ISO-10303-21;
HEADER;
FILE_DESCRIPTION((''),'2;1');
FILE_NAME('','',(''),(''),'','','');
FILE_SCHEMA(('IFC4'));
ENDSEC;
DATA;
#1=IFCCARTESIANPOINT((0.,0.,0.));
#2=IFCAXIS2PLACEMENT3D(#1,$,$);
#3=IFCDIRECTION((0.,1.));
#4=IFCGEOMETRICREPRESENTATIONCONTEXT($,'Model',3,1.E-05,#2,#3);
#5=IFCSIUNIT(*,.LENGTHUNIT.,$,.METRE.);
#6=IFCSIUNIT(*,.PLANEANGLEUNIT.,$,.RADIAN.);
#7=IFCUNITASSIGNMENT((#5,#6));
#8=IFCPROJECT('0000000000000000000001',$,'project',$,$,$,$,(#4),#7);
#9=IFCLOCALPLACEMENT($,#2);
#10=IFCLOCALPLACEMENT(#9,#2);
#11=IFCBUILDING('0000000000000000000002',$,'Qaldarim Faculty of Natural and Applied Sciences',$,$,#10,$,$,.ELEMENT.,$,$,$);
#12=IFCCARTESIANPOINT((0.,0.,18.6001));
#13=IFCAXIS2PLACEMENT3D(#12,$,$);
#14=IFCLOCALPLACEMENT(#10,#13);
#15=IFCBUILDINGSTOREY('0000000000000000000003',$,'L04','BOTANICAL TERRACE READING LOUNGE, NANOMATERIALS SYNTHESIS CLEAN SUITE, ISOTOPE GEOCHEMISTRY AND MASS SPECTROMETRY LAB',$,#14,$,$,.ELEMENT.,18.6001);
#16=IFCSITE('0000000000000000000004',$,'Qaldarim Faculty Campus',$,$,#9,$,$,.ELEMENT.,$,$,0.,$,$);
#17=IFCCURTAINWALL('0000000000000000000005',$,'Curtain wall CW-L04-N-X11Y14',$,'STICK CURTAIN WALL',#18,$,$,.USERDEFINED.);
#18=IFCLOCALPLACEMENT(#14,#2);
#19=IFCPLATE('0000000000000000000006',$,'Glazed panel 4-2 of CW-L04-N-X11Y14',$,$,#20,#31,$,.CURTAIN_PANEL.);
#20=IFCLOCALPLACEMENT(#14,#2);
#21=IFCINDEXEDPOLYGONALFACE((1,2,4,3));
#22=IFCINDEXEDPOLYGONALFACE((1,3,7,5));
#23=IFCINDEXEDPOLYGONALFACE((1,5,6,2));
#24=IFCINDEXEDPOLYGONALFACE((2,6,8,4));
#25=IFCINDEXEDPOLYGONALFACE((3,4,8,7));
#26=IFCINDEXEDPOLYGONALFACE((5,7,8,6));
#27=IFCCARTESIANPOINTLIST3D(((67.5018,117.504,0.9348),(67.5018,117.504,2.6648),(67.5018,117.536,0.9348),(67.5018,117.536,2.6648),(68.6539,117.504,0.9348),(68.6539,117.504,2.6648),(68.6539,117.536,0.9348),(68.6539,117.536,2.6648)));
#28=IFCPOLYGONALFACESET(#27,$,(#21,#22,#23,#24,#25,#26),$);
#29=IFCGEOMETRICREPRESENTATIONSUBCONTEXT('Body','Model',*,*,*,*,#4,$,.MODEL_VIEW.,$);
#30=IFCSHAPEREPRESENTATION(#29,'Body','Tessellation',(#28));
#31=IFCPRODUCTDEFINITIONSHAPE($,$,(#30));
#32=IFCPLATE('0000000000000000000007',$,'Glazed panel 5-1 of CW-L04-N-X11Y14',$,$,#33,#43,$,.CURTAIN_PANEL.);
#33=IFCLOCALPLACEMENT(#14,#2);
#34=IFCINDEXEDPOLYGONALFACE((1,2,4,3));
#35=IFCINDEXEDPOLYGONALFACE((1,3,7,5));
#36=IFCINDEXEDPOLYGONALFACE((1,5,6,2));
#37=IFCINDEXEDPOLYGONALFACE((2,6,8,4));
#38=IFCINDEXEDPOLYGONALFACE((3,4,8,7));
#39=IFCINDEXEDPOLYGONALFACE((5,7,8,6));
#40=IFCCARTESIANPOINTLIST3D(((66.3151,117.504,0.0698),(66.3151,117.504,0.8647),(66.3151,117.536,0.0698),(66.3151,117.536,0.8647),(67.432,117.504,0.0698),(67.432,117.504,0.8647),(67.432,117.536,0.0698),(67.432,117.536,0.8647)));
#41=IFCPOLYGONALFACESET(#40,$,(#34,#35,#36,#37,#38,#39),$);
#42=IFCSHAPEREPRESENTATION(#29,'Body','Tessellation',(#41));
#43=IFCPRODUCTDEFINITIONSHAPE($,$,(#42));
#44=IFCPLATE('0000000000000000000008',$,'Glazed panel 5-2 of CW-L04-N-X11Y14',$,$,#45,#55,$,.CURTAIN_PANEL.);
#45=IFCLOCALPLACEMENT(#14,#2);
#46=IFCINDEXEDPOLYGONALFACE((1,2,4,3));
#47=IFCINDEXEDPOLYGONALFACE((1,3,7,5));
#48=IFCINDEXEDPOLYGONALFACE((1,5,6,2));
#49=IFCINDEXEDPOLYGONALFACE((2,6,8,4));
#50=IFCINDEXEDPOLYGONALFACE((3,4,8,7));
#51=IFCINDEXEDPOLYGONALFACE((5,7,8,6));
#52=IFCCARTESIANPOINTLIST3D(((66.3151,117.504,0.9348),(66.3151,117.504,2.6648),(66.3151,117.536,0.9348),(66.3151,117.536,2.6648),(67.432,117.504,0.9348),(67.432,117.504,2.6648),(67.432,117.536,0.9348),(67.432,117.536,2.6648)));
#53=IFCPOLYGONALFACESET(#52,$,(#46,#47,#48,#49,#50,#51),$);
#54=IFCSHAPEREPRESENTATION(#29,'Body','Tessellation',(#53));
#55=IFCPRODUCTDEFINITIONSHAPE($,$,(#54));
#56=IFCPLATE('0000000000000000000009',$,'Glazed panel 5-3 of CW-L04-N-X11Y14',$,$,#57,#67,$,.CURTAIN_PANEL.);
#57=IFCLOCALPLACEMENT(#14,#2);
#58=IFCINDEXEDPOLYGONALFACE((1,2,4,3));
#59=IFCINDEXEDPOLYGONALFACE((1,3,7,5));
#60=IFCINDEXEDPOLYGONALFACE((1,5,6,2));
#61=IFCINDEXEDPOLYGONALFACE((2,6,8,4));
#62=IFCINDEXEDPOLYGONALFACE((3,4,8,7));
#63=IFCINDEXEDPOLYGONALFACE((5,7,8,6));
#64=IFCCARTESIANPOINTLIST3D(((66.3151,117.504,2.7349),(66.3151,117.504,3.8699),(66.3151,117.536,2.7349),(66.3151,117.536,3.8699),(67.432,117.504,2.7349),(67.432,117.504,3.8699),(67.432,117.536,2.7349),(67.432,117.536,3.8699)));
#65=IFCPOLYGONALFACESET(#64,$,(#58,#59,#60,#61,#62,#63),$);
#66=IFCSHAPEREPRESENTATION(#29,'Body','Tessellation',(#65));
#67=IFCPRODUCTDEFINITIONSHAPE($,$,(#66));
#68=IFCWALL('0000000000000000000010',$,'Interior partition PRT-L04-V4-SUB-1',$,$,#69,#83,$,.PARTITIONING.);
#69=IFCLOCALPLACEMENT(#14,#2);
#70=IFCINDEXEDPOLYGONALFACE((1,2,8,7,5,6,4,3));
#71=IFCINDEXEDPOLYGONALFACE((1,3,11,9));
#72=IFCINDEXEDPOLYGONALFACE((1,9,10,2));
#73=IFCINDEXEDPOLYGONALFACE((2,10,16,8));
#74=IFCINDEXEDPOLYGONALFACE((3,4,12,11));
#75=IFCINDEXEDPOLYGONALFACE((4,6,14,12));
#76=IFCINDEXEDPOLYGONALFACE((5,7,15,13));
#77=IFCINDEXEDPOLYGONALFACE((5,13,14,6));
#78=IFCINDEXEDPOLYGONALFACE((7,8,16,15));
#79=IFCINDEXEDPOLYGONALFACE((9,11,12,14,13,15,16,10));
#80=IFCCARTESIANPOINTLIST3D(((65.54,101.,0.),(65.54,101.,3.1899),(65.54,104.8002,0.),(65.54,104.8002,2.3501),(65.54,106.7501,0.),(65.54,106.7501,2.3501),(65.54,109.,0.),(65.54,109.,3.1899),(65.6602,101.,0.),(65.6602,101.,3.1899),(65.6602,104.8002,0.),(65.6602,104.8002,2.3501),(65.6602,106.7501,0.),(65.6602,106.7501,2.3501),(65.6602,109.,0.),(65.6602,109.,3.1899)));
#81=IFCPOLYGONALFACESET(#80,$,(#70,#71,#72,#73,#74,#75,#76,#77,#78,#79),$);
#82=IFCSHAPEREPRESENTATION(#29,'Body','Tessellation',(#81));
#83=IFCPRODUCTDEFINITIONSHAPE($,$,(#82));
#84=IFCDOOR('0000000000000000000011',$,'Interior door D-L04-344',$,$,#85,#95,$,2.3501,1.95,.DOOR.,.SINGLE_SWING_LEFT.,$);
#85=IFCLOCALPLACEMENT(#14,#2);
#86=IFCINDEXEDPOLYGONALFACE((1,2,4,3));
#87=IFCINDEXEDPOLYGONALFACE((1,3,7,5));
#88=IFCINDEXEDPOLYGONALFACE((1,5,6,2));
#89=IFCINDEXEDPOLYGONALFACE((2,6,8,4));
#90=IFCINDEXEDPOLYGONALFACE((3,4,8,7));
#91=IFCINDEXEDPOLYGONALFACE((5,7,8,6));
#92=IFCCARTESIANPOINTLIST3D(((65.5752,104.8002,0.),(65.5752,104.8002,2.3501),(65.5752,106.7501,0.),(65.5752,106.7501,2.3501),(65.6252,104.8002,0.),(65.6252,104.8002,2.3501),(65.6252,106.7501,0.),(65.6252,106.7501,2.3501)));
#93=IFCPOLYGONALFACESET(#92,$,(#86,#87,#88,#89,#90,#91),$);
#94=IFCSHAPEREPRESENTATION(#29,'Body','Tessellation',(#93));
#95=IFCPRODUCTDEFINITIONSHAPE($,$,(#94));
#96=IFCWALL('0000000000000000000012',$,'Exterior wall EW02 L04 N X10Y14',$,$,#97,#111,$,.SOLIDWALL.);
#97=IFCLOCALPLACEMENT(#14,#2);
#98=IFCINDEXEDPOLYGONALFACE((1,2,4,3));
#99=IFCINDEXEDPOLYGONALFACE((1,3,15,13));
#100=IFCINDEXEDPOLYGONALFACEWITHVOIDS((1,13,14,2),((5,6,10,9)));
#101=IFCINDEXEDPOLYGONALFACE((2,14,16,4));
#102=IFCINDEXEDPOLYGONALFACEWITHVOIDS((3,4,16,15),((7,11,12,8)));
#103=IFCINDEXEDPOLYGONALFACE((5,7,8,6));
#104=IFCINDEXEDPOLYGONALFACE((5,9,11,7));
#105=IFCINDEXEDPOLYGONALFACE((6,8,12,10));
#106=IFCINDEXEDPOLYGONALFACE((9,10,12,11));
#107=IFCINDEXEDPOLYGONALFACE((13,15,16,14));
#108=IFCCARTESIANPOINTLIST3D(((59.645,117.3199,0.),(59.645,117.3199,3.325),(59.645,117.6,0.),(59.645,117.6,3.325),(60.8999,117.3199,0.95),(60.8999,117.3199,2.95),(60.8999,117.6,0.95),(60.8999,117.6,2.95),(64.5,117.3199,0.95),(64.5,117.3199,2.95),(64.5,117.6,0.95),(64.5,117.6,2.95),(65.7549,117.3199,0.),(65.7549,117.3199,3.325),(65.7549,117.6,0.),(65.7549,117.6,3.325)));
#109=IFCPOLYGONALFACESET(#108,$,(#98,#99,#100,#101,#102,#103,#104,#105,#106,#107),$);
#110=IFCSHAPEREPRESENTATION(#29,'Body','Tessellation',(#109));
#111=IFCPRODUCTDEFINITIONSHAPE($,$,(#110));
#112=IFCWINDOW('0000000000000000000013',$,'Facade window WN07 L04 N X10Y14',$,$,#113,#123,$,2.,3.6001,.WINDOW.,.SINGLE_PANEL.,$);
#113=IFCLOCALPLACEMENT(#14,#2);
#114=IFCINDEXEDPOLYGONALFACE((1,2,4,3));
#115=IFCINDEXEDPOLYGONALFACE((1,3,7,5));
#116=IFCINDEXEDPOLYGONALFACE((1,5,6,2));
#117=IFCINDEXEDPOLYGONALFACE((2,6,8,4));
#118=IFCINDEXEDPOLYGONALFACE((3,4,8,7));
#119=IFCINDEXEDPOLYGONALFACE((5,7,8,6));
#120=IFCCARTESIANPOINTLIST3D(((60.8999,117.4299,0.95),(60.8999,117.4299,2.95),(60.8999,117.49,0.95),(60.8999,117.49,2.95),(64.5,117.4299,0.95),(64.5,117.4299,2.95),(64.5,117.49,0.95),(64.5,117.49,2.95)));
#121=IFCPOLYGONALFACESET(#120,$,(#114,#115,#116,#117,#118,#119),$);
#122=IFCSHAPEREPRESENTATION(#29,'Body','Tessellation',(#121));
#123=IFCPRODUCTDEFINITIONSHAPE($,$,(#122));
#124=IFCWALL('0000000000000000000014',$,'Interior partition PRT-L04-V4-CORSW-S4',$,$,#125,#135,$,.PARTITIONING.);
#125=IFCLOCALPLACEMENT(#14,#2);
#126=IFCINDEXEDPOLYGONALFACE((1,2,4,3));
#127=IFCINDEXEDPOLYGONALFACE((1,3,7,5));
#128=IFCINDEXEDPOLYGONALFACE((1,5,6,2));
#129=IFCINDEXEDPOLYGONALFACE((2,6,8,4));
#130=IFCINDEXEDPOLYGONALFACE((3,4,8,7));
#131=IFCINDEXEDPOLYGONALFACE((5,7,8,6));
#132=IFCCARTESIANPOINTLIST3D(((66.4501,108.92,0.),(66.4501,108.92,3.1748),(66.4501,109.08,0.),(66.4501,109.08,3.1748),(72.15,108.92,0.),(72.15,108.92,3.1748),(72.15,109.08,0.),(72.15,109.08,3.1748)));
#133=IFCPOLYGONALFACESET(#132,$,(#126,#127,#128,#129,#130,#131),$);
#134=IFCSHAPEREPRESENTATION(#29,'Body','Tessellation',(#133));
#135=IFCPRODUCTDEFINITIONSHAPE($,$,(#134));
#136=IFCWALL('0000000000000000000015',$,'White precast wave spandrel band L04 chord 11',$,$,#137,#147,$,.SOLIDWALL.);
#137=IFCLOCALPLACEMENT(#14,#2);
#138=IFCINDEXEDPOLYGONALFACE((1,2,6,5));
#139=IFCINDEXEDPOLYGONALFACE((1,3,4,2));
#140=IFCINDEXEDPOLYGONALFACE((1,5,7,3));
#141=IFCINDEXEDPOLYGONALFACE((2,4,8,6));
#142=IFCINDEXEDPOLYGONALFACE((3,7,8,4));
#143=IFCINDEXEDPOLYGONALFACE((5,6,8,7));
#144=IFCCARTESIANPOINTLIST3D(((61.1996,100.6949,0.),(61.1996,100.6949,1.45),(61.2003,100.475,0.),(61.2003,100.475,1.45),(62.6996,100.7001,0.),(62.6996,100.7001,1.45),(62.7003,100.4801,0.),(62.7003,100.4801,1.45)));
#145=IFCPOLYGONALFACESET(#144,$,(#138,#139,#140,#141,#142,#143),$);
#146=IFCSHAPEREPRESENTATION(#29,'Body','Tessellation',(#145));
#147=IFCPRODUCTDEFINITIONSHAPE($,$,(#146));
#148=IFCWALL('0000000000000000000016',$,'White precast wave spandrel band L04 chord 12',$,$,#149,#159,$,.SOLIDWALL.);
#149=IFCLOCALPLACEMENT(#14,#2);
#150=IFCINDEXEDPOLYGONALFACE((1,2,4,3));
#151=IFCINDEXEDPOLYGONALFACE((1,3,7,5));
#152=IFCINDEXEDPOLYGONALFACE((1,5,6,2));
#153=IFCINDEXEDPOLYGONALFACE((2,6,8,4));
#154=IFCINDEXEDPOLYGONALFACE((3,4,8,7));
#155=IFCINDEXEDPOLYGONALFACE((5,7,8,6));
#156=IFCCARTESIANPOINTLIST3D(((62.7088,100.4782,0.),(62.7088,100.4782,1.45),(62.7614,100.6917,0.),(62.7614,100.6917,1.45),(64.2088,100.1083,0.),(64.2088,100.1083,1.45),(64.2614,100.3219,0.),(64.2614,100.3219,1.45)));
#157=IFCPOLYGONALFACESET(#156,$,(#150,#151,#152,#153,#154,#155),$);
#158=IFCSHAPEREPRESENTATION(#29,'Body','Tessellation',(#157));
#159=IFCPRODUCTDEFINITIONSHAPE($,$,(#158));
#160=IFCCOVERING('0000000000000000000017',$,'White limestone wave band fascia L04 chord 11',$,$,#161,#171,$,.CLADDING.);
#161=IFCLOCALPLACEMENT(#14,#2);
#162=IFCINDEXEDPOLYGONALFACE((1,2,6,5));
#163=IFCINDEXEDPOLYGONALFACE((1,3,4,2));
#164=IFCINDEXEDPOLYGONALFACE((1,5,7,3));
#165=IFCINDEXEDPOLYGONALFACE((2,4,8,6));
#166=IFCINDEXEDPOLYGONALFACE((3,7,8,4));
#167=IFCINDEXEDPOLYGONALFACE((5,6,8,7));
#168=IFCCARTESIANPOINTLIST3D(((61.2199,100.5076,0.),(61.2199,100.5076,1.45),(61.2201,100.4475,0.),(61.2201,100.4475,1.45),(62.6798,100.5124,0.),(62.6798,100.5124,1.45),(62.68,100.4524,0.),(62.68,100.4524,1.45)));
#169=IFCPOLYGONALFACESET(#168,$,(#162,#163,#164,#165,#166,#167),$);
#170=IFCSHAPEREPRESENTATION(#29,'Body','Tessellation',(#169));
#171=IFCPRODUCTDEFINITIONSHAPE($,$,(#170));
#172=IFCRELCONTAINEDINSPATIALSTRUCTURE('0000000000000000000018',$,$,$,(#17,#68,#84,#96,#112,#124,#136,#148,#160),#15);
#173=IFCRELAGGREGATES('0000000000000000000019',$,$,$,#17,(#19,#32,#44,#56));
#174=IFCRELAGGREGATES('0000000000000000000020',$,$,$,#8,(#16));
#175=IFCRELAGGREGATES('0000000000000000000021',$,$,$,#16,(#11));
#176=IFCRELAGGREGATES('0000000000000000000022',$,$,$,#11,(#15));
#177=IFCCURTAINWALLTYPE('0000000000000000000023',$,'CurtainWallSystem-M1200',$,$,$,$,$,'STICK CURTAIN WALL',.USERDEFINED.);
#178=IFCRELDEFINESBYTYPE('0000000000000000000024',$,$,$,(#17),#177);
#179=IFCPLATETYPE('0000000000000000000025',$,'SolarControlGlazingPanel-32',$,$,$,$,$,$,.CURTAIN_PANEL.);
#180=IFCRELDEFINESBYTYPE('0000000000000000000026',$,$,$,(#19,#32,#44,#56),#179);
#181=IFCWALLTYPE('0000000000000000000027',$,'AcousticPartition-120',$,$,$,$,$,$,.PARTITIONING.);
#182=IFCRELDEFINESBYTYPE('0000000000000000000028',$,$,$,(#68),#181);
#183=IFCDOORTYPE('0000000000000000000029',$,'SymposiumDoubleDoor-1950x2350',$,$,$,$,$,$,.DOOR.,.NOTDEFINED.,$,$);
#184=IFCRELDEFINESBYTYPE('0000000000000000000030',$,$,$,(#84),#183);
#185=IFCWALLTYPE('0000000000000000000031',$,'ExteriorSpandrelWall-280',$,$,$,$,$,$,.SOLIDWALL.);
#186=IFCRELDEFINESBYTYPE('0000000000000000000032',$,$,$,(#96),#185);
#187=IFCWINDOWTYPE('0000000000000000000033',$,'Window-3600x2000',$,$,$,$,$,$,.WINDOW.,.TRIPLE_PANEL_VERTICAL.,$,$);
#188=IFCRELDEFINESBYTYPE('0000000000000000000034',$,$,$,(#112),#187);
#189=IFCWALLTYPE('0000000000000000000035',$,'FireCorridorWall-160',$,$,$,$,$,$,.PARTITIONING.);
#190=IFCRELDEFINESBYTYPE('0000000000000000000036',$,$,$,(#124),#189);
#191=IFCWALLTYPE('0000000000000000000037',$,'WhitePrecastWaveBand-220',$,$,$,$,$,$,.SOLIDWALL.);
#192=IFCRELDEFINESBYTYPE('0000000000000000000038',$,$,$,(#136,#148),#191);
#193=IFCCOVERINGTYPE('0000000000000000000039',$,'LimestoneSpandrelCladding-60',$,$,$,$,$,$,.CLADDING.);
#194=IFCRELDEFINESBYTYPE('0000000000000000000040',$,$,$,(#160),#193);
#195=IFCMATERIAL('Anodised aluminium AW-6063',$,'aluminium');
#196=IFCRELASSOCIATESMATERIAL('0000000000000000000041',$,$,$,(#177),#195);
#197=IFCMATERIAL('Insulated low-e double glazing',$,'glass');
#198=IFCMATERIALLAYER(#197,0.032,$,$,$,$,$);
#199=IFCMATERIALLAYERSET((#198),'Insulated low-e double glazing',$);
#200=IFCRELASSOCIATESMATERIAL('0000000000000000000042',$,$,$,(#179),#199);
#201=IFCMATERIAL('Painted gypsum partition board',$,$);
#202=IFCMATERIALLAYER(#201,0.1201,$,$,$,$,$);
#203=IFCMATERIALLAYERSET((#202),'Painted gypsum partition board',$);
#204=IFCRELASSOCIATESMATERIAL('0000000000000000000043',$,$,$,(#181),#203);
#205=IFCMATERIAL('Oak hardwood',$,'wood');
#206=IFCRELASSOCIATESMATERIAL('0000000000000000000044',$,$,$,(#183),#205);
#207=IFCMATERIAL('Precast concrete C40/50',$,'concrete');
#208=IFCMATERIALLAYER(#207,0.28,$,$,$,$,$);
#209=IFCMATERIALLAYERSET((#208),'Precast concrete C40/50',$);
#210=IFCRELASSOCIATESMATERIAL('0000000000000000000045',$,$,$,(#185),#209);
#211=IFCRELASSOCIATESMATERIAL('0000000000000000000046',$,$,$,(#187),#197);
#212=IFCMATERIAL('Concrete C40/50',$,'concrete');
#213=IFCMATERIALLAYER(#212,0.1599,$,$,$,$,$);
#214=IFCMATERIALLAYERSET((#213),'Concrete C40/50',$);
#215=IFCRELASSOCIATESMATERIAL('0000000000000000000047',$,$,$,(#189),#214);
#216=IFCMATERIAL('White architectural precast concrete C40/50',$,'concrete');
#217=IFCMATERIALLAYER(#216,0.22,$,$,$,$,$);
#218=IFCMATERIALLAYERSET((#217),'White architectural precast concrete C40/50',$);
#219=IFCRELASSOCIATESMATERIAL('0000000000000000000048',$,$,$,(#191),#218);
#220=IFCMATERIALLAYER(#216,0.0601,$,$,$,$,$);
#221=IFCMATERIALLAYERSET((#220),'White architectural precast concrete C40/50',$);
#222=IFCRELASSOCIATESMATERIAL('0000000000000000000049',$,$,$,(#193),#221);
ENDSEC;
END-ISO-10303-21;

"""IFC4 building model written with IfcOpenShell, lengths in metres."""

from ifc_helpers import new_model, si_unit, direction, frame, frame_2d, origin, origin_2d, place, context, subcontext, project, spatial, rectangle, extrude, material, layer, layer_set, type_object, element, fill, aggregate, save


model = new_model("IFC4")

# Units and contexts
model_context = context("Model", 3, precision=1e-05, world=origin(), true_north=direction((0.0, 1.0)))
body_context = subcontext(model_context, "Body", "Model", "MODEL_VIEW")
ifc_project = project(units=[si_unit("LENGTHUNIT", "METRE"), si_unit("PLANEANGLEUNIT", "RADIAN")], contexts=[model_context])

# Site, building, storey
site_placement = place(None, origin())
site = spatial("IfcSite", under=ifc_project, at=site_placement, Name="Qaldarim Faculty Campus", CompositionType="ELEMENT", RefElevation=0.0)
building_placement = place(site_placement, origin())
building = spatial("IfcBuilding", under=site, at=building_placement, Name="Qaldarim Faculty of Natural and Applied Sciences", CompositionType="ELEMENT")
storey_placement = place(building_placement, frame((0.0, 0.0, 18.6001)))
storey = spatial("IfcBuildingStorey", under=building, at=storey_placement, Name="L04", Description="BOTANICAL TERRACE READING LOUNGE, NANOMATERIALS SYNTHESIS CLEAN SUITE, ISOTOPE GEOCHEMISTRY AND MASS SPECTROMETRY LAB", CompositionType="ELEMENT", Elevation=18.6001)

# Shared definitions
ifc_material_1 = material(Name="Concrete C40/50", Category="concrete")

# Curtain wall
ifc_material_2 = material(Name="Anodised aluminium AW-6063", Category="aluminium")
curtain_wall_type = type_object("IfcCurtainWallType", Name="CurtainWallSystem-M1200", ElementType="STICK CURTAIN WALL", PredefinedType="USERDEFINED", material=ifc_material_2)
curtain_wall_placement = place(storey_placement, origin())
curtain_wall = element("IfcCurtainWall", 1, at=curtain_wall_placement, inside=storey, type_object=curtain_wall_type, Name="Curtain wall CW-L04-N-X11Y14", ObjectType="STICK CURTAIN WALL", PredefinedType="USERDEFINED")

# Shared definitions
ifc_material_3 = material(Name="Precast concrete C40/50", Category="concrete")

# Plates
ifc_material_4 = material(Name="Insulated low-e double glazing", Category="glass")
ifc_layer_1 = layer(ifc_material_4, 0.032)
ifc_layer_set_1 = layer_set([ifc_layer_1], Name="Insulated low-e double glazing")
plate_type = type_object("IfcPlateType", Name="SolarControlGlazingPanel-32", PredefinedType="CURTAIN_PANEL", material=ifc_layer_set_1)
plate_1_placement = place(storey_placement, frame((68.0779, 117.52, 0.9348), z_axis=(0.0, 0.0, 1.0), x_axis=(-1.0, 0.0, 0.0)))
plate_1 = element("IfcPlate", 2, at=plate_1_placement, type_object=plate_type, Name="Glazed panel 4-2 of CW-L04-N-X11Y14", PredefinedType="CURTAIN_PANEL", context=body_context, shape_type="SweptSolid", body=[
    extrude(rectangle(XDim=1.1521, YDim=0.032, at=origin_2d()), origin(), (0.0, 0.0, 1.0), 1.73),
])
plate_2_placement = place(storey_placement, frame((66.8735, 117.52, 0.0698), z_axis=(0.0, 0.0, 1.0), x_axis=(-1.0, 0.0, 0.0)))
plate_2 = element("IfcPlate", 3, at=plate_2_placement, type_object=plate_type, Name="Glazed panel 5-1 of CW-L04-N-X11Y14", PredefinedType="CURTAIN_PANEL", context=body_context, shape_type="SweptSolid", body=[
    extrude(rectangle(XDim=1.1169, YDim=0.032, at=origin_2d()), origin(), (0.0, 0.0, 1.0), 0.7949),
])
plate_3_placement = place(storey_placement, frame((66.8735, 117.52, 0.9348), z_axis=(0.0, 0.0, 1.0), x_axis=(-1.0, 0.0, 0.0)))
plate_3 = element("IfcPlate", 4, at=plate_3_placement, type_object=plate_type, Name="Glazed panel 5-2 of CW-L04-N-X11Y14", PredefinedType="CURTAIN_PANEL", context=body_context, shape_type="SweptSolid", body=[
    extrude(rectangle(XDim=1.1169, YDim=0.032, at=origin_2d()), origin(), (0.0, 0.0, 1.0), 1.73),
])
plate_4_placement = place(storey_placement, frame((66.8735, 117.52, 2.7349), z_axis=(0.0, 0.0, 1.0), x_axis=(-1.0, 0.0, 0.0)))
plate_4 = element("IfcPlate", 5, at=plate_4_placement, type_object=plate_type, Name="Glazed panel 5-3 of CW-L04-N-X11Y14", PredefinedType="CURTAIN_PANEL", context=body_context, shape_type="SweptSolid", body=[
    extrude(rectangle(XDim=1.1169, YDim=0.032, at=origin_2d()), origin(), (0.0, 0.0, 1.0), 1.135),
])
aggregate(curtain_wall, [plate_1, plate_2, plate_3, plate_4])

# Wall, opening, door
ifc_material_5 = material(Name="Painted gypsum partition board")
ifc_layer_2 = layer(ifc_material_5, 0.1201)
ifc_layer_set_2 = layer_set([ifc_layer_2], Name="Painted gypsum partition board")
wall_type_1 = type_object("IfcWallType", Name="AcousticPartition-120", PredefinedType="PARTITIONING", material=ifc_layer_set_2)
wall_1_placement = place(storey_placement, frame((65.6001, 101.0, 0.0), z_axis=(0.0, 0.0, 1.0), x_axis=(0.0, 1.0, 0.0)))
wall_1 = element("IfcWall", 6, at=wall_1_placement, inside=storey, type_object=wall_type_1, Name="Interior partition PRT-L04-V4-SUB-1", PredefinedType="PARTITIONING", context=body_context, shape_type="SweptSolid", body=[
    extrude(rectangle(XDim=8.0, YDim=0.1201, at=frame_2d((4.0, 0.0))), origin(), (0.0, 0.0, 1.0), 3.1899),
])
opening_1_placement = place(wall_1_placement, frame((3.8, 0.0, 0.0)))
opening_1 = element("IfcOpeningElement", 7, at=opening_1_placement, cuts=wall_1, PredefinedType="OPENING", context=body_context, shape_type="SweptSolid", body=[
    extrude(rectangle(XDim=1.95, YDim=2.3501, at=frame_2d((0.9751, 1.175))), frame((0.0, 0.0701, 0.0), z_axis=(0.0, -1.0, 0.0), x_axis=(1.0, 0.0, 0.0)), (0.0, 0.0, 1.0), 0.1401),
])
ifc_material_6 = material(Name="Oak hardwood", Category="wood")
door_type = type_object("IfcDoorType", Name="SymposiumDoubleDoor-1950x2350", OperationType="NOTDEFINED", PredefinedType="DOOR", material=ifc_material_6)
door_placement = place(opening_1_placement, origin())
door = element("IfcDoor", 8, at=door_placement, inside=storey, type_object=door_type, Name="Interior door D-L04-344", OperationType="SINGLE_SWING_LEFT", OverallHeight=2.3501, OverallWidth=1.95, PredefinedType="DOOR", context=body_context, shape_type="SweptSolid", body=[
    extrude(rectangle(XDim=1.95, YDim=2.3501, at=frame_2d((0.9751, 1.175))), frame((0.0, 0.0249, 0.0), z_axis=(0.0, -1.0, 0.0), x_axis=(1.0, 0.0, 0.0)), (0.0, 0.0, 1.0), 0.05),
])
fill(opening_1, door)

# Wall, opening, window
ifc_layer_3 = layer(ifc_material_3, 0.28)
ifc_layer_set_3 = layer_set([ifc_layer_3], Name="Precast concrete C40/50")
wall_type_2 = type_object("IfcWallType", Name="ExteriorSpandrelWall-280", PredefinedType="SOLIDWALL", material=ifc_layer_set_3)
wall_2_placement = place(storey_placement, frame((65.7549, 117.46, 0.0), z_axis=(0.0, 0.0, 1.0), x_axis=(-1.0, 0.0, 0.0)))
wall_2 = element("IfcWall", 9, at=wall_2_placement, inside=storey, type_object=wall_type_2, Name="Exterior wall EW02 L04 N X10Y14", PredefinedType="SOLIDWALL", context=body_context, shape_type="SweptSolid", body=[
    extrude(rectangle(XDim=6.1099, YDim=0.28, at=frame_2d((3.0549, 0.0))), origin(), (0.0, 0.0, 1.0), 3.325),
])
opening_2_placement = place(wall_2_placement, frame((1.2549, 0.0, 0.95)))
opening_2 = element("IfcOpeningElement", 10, at=opening_2_placement, cuts=wall_2, PredefinedType="OPENING", context=body_context, shape_type="SweptSolid", body=[
    extrude(rectangle(XDim=3.6001, YDim=2.0, at=frame_2d((1.8, 1.0))), frame((0.0, 0.1499, 0.0), z_axis=(0.0, -1.0, 0.0), x_axis=(1.0, 0.0, 0.0)), (0.0, 0.0, 1.0), 0.3),
])
window_type = type_object("IfcWindowType", Name="Window-3600x2000", PartitioningType="TRIPLE_PANEL_VERTICAL", PredefinedType="WINDOW", material=ifc_material_4)
window_placement = place(opening_2_placement, origin())
window = element("IfcWindow", 11, at=window_placement, inside=storey, type_object=window_type, Name="Facade window WN07 L04 N X10Y14", OverallHeight=2.0, OverallWidth=3.6001, PartitioningType="SINGLE_PANEL", PredefinedType="WINDOW", context=body_context, shape_type="SweptSolid", body=[
    extrude(rectangle(XDim=3.6001, YDim=2.0, at=frame_2d((1.8, 1.0))), frame((0.0, 0.03, 0.0), z_axis=(0.0, -1.0, 0.0), x_axis=(1.0, 0.0, 0.0)), (0.0, 0.0, 1.0), 0.0601),
])
fill(opening_2, window)

# Walls
ifc_layer_4 = layer(ifc_material_1, 0.1599)
ifc_layer_set_4 = layer_set([ifc_layer_4], Name="Concrete C40/50")
wall_type_3 = type_object("IfcWallType", Name="FireCorridorWall-160", PredefinedType="PARTITIONING", material=ifc_layer_set_4)
wall_3_placement = place(storey_placement, frame((66.45, 109.0, 0.0), z_axis=(0.0, 0.0, 1.0), x_axis=(1.0, 0.0, 0.0)))
element("IfcWall", 12, at=wall_3_placement, inside=storey, type_object=wall_type_3, Name="Interior partition PRT-L04-V4-CORSW-S4", PredefinedType="PARTITIONING", context=body_context, shape_type="SweptSolid", body=[
    extrude(rectangle(XDim=5.7, YDim=0.1599, at=frame_2d((2.8501, 0.0))), origin(), (0.0, 0.0, 1.0), 3.1748),
])
ifc_material_7 = material(Name="White architectural precast concrete C40/50", Category="concrete")
ifc_layer_5 = layer(ifc_material_7, 0.22)
ifc_layer_set_5 = layer_set([ifc_layer_5], Name="White architectural precast concrete C40/50")
wall_type_4 = type_object("IfcWallType", Name="WhitePrecastWaveBand-220", PredefinedType="SOLIDWALL", material=ifc_layer_set_5)
wall_4_placement = place(storey_placement, frame((61.2, 100.585, 0.0), z_axis=(0.0, 0.0, 1.0), x_axis=(0.999994, 0.003418, 0.0)))
element("IfcWall", 13, at=wall_4_placement, inside=storey, type_object=wall_type_4, Name="White precast wave spandrel band L04 chord 11", PredefinedType="SOLIDWALL", context=body_context, shape_type="SweptSolid", body=[
    extrude(rectangle(XDim=1.5, YDim=0.22, at=frame_2d((0.75, 0.0))), origin(), (0.0, 0.0, 1.0), 1.45),
])
wall_5_placement = place(storey_placement, frame((62.7351, 100.585, 0.0), z_axis=(0.0, 0.0, 1.0), x_axis=(0.970918, -0.239411, 0.0)))
element("IfcWall", 14, at=wall_5_placement, inside=storey, type_object=wall_type_4, Name="White precast wave spandrel band L04 chord 12", PredefinedType="SOLIDWALL", context=body_context, shape_type="SweptSolid", body=[
    extrude(rectangle(XDim=1.5449, YDim=0.22, at=frame_2d((0.7725, 0.0))), origin(), (0.0, 0.0, 1.0), 1.45),
])

# Covering
ifc_layer_6 = layer(ifc_material_7, 0.0601)
ifc_layer_set_6 = layer_set([ifc_layer_6], Name="White architectural precast concrete C40/50")
covering_type = type_object("IfcCoveringType", Name="LimestoneSpandrelCladding-60", PredefinedType="CLADDING", material=ifc_layer_set_6)
covering_placement = place(storey_placement, frame((61.95, 100.48, 0.0), z_axis=(0.0, 0.0, 1.0), x_axis=(0.999994, 0.003334, 0.0)))
element("IfcCovering", 15, at=covering_placement, inside=storey, type_object=covering_type, Name="White limestone wave band fascia L04 chord 11", PredefinedType="CLADDING", context=body_context, shape_type="SweptSolid", body=[
    extrude(rectangle(XDim=1.46, YDim=0.0601, at=origin_2d()), origin(), (0.0, 0.0, 1.0), 1.45),
])

save(model, "model.ifc")
